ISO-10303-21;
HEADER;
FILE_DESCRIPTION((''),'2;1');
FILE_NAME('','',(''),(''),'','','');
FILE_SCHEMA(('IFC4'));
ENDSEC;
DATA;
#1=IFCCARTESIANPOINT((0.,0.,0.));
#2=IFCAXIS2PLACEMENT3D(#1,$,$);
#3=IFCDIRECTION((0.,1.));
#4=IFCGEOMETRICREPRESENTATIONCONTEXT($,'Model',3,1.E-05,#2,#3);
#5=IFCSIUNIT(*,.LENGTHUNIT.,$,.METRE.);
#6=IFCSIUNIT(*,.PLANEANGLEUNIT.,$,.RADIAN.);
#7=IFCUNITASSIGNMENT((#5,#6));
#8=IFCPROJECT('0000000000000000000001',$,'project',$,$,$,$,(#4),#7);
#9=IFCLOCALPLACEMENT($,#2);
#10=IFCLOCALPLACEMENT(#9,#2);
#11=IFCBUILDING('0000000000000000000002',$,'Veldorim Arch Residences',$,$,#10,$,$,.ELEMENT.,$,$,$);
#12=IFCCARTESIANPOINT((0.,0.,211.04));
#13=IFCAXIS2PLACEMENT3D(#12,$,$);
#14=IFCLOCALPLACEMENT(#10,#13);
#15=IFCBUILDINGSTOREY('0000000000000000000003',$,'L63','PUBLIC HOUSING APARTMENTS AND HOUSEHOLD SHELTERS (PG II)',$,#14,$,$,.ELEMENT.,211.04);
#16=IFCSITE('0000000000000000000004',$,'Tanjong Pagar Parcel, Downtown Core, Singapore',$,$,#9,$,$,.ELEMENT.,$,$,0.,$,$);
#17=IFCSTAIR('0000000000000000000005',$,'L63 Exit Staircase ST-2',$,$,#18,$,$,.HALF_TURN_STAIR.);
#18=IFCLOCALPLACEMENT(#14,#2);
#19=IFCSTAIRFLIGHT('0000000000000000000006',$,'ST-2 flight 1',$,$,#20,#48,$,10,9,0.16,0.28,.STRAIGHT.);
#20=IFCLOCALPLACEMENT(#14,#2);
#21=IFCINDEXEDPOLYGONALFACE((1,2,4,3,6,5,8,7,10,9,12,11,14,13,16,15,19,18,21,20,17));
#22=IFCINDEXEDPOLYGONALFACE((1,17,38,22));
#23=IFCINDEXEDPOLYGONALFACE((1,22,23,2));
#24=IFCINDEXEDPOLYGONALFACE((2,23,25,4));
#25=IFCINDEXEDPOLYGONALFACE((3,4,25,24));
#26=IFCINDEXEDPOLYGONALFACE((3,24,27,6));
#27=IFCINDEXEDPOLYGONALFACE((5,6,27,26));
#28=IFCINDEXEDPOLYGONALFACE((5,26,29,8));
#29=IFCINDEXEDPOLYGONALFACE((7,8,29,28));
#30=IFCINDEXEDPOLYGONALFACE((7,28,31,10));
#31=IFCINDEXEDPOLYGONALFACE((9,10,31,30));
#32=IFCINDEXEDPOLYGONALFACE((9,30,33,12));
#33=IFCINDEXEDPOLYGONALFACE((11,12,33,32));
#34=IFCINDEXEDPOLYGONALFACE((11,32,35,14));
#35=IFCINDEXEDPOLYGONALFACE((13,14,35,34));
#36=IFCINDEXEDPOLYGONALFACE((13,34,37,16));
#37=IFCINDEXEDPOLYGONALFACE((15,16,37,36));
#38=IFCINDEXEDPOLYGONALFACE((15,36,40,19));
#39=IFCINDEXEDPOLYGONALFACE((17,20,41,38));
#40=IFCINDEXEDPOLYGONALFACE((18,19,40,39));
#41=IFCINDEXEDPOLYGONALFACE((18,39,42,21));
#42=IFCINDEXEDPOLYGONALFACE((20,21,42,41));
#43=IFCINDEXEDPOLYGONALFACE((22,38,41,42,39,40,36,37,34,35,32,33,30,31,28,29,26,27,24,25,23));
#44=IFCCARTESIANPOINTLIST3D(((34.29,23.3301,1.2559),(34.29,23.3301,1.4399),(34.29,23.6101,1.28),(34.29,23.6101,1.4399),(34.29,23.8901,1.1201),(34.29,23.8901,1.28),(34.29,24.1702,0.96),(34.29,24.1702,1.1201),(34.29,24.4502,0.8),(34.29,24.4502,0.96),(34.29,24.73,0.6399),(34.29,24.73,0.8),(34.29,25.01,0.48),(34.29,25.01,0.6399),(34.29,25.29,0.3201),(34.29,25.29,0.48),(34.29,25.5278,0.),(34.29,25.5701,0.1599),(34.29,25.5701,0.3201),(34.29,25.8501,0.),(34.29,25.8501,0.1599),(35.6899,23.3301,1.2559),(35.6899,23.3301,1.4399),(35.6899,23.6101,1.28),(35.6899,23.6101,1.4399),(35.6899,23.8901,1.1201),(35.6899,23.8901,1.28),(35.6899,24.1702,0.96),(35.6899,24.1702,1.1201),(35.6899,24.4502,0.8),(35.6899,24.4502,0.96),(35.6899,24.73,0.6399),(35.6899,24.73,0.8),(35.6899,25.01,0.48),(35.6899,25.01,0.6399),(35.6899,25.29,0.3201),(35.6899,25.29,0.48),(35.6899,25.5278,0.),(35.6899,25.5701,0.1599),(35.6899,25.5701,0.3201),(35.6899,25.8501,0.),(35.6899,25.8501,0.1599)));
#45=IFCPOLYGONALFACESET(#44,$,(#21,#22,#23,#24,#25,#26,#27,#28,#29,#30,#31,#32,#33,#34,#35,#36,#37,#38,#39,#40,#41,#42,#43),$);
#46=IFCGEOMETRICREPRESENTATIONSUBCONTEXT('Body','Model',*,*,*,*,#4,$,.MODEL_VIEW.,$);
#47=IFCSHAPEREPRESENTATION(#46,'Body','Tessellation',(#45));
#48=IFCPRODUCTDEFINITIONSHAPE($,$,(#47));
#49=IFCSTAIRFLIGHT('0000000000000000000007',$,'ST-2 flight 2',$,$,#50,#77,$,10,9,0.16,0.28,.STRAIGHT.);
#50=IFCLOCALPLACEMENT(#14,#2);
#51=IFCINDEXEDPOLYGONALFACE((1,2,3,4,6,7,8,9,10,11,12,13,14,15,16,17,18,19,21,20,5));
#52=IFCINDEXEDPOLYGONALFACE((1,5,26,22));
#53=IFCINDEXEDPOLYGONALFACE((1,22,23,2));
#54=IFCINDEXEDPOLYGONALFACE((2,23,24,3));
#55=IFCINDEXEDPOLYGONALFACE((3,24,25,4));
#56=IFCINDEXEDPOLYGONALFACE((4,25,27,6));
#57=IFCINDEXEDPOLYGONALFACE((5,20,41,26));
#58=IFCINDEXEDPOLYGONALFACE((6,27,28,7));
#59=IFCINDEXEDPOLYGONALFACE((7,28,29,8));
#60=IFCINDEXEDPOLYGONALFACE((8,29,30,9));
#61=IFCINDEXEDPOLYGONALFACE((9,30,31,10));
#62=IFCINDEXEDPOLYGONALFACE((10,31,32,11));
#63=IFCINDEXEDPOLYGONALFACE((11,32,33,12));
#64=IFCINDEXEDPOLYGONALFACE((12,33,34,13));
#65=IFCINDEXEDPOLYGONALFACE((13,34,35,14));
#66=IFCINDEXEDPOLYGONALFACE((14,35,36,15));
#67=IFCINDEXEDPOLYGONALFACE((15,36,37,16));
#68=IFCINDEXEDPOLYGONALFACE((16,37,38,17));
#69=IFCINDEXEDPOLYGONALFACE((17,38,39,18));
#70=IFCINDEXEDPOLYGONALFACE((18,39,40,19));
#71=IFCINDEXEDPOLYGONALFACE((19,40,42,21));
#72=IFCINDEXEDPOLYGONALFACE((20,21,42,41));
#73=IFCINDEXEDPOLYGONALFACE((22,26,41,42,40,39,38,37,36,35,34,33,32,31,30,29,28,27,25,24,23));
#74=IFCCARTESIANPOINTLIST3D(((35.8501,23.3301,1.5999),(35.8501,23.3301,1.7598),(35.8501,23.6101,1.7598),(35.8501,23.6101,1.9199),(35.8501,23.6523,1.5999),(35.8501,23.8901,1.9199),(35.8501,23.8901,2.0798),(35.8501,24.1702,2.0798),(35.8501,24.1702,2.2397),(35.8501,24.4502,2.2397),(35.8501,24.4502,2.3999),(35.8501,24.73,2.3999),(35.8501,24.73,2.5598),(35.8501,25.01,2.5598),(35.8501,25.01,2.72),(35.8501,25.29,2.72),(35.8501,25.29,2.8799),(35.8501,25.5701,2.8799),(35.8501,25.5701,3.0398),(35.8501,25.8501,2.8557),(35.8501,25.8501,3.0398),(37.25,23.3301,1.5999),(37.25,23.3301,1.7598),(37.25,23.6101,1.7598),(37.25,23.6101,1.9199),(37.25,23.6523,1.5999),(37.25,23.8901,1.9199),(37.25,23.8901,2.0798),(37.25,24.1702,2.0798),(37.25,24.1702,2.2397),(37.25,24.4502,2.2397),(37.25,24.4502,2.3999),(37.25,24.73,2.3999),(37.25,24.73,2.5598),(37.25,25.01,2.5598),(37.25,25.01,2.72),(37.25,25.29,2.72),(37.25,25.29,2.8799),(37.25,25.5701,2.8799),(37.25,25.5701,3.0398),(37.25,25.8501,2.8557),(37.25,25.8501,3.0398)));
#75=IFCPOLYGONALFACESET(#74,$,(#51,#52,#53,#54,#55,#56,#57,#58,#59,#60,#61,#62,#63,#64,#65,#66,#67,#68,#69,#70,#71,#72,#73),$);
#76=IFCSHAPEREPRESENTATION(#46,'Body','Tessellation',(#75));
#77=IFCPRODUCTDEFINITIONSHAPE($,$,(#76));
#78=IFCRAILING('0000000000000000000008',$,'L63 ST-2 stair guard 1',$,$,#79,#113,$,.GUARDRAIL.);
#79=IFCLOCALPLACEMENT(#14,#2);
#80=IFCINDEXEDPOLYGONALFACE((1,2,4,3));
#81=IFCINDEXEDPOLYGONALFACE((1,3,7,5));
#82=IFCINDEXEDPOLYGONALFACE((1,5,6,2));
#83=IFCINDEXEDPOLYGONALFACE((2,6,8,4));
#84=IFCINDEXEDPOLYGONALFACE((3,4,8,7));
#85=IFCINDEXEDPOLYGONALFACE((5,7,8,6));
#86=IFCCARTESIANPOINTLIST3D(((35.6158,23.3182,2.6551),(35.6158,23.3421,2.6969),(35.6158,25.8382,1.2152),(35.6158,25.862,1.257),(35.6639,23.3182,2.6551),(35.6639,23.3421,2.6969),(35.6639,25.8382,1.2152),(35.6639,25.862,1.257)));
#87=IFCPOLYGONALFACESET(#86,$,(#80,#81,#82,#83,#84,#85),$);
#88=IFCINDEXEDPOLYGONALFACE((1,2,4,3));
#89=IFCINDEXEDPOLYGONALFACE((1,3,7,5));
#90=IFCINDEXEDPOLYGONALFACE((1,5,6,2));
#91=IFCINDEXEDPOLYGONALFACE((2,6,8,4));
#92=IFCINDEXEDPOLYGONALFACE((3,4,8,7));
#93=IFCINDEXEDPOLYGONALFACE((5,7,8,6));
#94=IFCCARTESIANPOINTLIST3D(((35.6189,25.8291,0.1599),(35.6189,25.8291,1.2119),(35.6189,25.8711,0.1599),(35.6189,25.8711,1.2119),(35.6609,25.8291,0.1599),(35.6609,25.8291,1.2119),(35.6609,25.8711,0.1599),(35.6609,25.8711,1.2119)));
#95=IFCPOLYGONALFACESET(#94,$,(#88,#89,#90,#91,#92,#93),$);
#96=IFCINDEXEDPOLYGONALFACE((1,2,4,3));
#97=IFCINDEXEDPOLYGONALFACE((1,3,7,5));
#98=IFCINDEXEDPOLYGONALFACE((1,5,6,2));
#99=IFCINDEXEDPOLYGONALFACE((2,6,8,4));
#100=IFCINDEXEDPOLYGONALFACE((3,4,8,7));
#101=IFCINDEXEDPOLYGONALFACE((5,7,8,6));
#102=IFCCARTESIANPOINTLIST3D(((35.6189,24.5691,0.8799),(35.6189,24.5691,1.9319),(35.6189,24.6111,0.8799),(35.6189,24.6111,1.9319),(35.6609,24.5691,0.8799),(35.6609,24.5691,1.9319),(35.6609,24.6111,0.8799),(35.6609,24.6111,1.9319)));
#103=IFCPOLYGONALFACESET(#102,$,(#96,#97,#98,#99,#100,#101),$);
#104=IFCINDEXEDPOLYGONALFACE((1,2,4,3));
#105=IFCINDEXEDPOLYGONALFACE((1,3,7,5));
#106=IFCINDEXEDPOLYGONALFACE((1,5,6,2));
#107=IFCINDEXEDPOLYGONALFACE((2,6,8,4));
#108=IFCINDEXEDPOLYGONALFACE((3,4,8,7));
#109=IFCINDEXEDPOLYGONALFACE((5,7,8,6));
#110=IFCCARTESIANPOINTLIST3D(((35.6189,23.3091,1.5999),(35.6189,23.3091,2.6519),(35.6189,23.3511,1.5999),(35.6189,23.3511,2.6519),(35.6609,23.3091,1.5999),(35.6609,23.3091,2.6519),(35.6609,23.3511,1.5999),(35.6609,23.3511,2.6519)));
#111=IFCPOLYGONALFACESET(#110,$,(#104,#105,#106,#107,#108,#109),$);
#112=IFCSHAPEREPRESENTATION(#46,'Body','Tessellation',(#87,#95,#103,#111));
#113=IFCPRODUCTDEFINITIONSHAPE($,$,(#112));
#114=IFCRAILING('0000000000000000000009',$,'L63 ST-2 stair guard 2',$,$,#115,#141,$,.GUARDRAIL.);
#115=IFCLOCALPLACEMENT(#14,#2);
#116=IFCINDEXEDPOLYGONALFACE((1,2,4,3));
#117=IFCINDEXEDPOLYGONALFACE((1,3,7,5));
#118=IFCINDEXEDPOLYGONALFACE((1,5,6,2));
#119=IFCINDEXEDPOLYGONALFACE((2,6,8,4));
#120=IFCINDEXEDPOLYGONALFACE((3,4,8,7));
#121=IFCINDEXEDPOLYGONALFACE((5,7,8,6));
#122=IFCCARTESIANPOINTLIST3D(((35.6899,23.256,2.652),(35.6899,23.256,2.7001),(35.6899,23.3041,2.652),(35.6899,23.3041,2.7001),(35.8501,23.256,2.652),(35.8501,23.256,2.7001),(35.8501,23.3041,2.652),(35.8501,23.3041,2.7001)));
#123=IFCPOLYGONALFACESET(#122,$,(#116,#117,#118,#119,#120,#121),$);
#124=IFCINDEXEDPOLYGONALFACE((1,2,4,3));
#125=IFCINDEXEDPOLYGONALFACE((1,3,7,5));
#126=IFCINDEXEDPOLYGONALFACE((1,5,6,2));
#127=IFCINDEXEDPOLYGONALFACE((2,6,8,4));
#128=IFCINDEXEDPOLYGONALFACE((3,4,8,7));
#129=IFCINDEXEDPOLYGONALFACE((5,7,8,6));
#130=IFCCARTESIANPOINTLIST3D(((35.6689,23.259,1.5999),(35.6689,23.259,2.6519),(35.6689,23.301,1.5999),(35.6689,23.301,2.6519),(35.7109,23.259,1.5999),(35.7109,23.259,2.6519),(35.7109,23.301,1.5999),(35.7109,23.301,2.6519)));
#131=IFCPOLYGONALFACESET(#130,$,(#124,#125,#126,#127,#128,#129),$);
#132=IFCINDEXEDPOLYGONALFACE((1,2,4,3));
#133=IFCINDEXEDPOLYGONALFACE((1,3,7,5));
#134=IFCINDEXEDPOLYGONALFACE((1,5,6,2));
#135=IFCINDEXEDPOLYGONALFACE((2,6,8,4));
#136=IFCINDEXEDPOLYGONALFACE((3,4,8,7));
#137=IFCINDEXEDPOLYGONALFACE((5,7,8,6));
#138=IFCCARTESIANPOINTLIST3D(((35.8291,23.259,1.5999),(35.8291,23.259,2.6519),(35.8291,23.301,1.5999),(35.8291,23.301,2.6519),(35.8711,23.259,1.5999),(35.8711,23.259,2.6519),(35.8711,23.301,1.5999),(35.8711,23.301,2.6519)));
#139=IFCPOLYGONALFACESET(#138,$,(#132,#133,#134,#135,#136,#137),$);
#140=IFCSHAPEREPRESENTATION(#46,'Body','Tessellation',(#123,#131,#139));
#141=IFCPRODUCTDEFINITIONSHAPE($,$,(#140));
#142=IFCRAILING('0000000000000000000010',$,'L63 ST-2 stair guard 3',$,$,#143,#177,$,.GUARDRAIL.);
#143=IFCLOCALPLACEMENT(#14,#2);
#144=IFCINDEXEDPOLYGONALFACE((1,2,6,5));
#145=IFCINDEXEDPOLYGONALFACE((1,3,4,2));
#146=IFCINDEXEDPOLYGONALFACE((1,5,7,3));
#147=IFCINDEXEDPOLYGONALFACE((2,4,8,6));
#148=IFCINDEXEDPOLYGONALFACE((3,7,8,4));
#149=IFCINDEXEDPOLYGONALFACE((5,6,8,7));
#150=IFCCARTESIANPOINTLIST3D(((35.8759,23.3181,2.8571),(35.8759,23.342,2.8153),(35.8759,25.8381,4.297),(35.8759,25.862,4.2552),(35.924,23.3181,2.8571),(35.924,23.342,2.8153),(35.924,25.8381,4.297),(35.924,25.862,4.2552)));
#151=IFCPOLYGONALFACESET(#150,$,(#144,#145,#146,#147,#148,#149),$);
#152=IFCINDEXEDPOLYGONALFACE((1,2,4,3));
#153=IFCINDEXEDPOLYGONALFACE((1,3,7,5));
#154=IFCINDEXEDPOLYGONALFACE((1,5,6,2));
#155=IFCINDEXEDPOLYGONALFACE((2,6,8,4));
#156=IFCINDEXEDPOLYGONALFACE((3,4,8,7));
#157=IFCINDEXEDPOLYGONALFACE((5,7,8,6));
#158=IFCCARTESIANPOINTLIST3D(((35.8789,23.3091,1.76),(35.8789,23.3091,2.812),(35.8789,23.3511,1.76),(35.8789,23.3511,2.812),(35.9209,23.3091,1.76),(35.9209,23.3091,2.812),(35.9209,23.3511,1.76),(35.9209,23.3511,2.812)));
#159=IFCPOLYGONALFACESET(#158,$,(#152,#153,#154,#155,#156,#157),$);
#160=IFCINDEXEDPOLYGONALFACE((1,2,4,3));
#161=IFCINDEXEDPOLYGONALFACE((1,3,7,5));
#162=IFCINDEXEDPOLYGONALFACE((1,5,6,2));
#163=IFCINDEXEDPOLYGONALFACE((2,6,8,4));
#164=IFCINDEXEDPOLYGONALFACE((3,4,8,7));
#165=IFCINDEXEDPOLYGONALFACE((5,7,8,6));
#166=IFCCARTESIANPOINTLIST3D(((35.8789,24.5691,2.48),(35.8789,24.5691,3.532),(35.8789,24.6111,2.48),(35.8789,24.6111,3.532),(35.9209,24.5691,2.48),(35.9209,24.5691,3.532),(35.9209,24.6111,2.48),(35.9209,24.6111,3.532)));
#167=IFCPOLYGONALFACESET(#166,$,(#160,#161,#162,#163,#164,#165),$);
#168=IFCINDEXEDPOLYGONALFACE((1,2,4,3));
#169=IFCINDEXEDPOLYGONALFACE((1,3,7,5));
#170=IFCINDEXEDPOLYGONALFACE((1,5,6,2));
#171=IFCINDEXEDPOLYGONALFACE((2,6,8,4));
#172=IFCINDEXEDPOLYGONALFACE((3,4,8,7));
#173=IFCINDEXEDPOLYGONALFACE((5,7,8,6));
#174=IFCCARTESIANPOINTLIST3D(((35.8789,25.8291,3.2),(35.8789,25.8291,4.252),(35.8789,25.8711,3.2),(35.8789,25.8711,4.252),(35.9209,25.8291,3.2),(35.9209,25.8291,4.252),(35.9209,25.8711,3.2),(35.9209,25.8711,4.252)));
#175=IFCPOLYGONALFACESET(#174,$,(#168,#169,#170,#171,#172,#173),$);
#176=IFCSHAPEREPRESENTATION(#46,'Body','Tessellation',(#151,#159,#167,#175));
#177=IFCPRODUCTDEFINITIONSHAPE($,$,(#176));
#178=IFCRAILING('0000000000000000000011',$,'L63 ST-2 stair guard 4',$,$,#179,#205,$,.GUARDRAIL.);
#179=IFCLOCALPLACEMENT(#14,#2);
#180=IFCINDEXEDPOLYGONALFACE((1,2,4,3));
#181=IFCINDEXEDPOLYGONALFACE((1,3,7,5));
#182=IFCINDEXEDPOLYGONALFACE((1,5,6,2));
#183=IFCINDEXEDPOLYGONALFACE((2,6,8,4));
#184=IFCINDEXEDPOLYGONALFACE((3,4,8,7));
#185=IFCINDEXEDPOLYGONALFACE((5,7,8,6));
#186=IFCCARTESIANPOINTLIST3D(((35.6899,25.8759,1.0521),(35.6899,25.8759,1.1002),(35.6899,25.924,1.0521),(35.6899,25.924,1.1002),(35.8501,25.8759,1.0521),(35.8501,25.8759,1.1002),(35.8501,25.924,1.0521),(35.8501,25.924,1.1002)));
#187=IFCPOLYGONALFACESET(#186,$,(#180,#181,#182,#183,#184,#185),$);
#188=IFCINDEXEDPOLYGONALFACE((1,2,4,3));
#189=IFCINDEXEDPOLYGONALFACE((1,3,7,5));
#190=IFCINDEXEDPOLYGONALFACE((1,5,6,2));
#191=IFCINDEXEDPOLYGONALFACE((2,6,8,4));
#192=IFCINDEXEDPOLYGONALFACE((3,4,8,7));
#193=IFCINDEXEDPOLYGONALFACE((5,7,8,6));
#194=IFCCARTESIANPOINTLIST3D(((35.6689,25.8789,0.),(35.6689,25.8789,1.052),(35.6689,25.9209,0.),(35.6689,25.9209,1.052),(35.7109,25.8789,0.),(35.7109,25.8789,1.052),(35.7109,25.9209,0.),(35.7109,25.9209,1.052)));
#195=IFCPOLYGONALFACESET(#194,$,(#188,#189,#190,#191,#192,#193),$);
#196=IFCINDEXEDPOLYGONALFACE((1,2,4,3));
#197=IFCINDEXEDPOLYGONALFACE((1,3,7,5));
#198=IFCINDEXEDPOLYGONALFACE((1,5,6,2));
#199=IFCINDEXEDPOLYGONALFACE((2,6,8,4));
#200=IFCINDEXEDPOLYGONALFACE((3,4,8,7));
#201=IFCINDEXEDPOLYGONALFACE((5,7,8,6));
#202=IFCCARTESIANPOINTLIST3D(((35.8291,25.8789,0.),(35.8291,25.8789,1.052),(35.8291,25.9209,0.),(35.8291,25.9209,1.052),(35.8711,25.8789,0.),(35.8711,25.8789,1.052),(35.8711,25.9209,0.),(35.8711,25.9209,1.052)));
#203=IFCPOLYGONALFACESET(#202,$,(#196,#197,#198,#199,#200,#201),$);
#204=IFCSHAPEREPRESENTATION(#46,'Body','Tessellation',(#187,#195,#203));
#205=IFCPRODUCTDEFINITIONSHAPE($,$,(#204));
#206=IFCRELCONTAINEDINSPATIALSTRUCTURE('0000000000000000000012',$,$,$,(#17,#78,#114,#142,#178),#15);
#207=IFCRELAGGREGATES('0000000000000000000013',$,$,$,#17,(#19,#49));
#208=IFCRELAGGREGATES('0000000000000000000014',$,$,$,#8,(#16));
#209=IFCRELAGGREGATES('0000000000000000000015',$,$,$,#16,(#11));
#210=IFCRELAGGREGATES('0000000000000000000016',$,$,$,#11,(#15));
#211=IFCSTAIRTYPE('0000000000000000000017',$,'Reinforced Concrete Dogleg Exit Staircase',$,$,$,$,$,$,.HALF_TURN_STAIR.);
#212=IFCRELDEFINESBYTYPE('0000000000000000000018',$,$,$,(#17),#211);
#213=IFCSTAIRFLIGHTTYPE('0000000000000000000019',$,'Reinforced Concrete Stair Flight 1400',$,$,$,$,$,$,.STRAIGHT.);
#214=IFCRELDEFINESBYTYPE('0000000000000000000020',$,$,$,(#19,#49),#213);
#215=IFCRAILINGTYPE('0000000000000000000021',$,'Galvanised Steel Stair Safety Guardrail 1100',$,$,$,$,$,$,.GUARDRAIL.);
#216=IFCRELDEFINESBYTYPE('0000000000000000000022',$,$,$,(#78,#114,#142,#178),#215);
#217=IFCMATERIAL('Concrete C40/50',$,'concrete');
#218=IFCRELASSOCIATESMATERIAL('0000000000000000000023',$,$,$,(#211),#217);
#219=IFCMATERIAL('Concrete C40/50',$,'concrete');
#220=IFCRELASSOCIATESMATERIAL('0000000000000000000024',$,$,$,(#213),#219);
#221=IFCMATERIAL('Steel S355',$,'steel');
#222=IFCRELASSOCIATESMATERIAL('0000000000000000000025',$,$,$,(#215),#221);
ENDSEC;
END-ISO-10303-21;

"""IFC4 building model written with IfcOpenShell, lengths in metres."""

from ifc_helpers import new_model, si_unit, direction, frame, origin, origin_2d, place, context, subcontext, project, spatial, polyline, rectangle, outline, extrude, material, type_object, element, aggregate, save


model = new_model("IFC4")

# Units and contexts
model_context = context("Model", 3, precision=1e-05, world=origin(), true_north=direction((0.0, 1.0)))
body_context = subcontext(model_context, "Body", "Model", "MODEL_VIEW")
ifc_project = project(units=[si_unit("LENGTHUNIT", "METRE"), si_unit("PLANEANGLEUNIT", "RADIAN")], contexts=[model_context])

# Site, building, storey
site_placement = place(None, origin())
site = spatial("IfcSite", under=ifc_project, at=site_placement, Name="Tanjong Pagar Parcel, Downtown Core, Singapore", CompositionType="ELEMENT", RefElevation=0.0)
building_placement = place(site_placement, origin())
building = spatial("IfcBuilding", under=site, at=building_placement, Name="Veldorim Arch Residences", CompositionType="ELEMENT")
storey_placement = place(building_placement, frame((0.0, 0.0, 211.04)))
storey = spatial("IfcBuildingStorey", under=building, at=storey_placement, Name="L63", Description="PUBLIC HOUSING APARTMENTS AND HOUSEHOLD SHELTERS (PG II)", CompositionType="ELEMENT", Elevation=211.04)

# Stair, stair flights
ifc_material_1 = material(Name="Concrete C40/50", Category="concrete")
stair_type = type_object("IfcStairType", Name="Reinforced Concrete Dogleg Exit Staircase", PredefinedType="HALF_TURN_STAIR", material=ifc_material_1)
stair_placement = place(storey_placement, origin())
stair = element("IfcStair", 1, at=stair_placement, inside=storey, type_object=stair_type, Name="L63 Exit Staircase ST-2", PredefinedType="HALF_TURN_STAIR")
ifc_material_2 = material(Name="Concrete C40/50", Category="concrete")
stair_flight_type = type_object("IfcStairFlightType", Name="Reinforced Concrete Stair Flight 1400", PredefinedType="STRAIGHT", material=ifc_material_2)
stair_flight_1_placement = place(storey_placement, frame((34.99, 25.8501, 0.0), z_axis=(0.0, 0.0, 1.0), x_axis=(0.0, -1.0, 0.0)))
stair_flight_1 = element("IfcStairFlight", 2, at=stair_flight_1_placement, type_object=stair_flight_type, Name="ST-2 flight 1", NumberOfRisers=10, NumberOfTreads=9, PredefinedType="STRAIGHT", RiserHeight=0.16, TreadLength=0.28, context=body_context, shape_type="SweptSolid", body=[
    extrude(outline(polyline([(0.0, 0.0), (0.0, 0.1599), (0.28, 0.1599), (0.28, 0.3201), (0.5601, 0.3201), (0.5601, 0.48), (0.8401, 0.48), (0.8401, 0.6399), (1.1201, 0.6399), (1.1201, 0.8), (1.3999, 0.8), (1.3999, 0.96), (1.6799, 0.96), (1.6799, 1.1201), (1.96, 1.1201), (1.96, 1.28), (2.24, 1.28), (2.24, 1.4399), (2.52, 1.4399), (2.52, 1.6001), (2.52, 1.2559), (0.3223, 0.0), (0.0, 0.0)])), frame((0.0, 0.7, 0.0), z_axis=(0.0, -1.0, 0.0), x_axis=(1.0, 0.0, 0.0)), (0.0, 0.0, 1.0), 1.3999),
])
stair_flight_2_placement = place(storey_placement, frame((36.55, 23.3301, 1.5999), z_axis=(0.0, 0.0, 1.0), x_axis=(0.0, 1.0, 0.0)))
stair_flight_2 = element("IfcStairFlight", 3, at=stair_flight_2_placement, type_object=stair_flight_type, Name="ST-2 flight 2", NumberOfRisers=10, NumberOfTreads=9, PredefinedType="STRAIGHT", RiserHeight=0.16, TreadLength=0.28, context=body_context, shape_type="SweptSolid", body=[
    extrude(outline(polyline([(0.0, 0.0), (0.0, 0.1599), (0.28, 0.1599), (0.28, 0.3201), (0.5601, 0.3201), (0.5601, 0.48), (0.8401, 0.48), (0.8401, 0.6399), (1.1201, 0.6399), (1.1201, 0.8), (1.3999, 0.8), (1.3999, 0.96), (1.6799, 0.96), (1.6799, 1.1201), (1.96, 1.1201), (1.96, 1.28), (2.24, 1.28), (2.24, 1.4399), (2.52, 1.4399), (2.52, 1.6001), (2.52, 1.2559), (0.3223, 0.0), (0.0, 0.0)])), frame((0.0, 0.7, 0.0), z_axis=(0.0, -1.0, 0.0), x_axis=(1.0, 0.0, 0.0)), (0.0, 0.0, 1.0), 1.3999),
])
aggregate(stair, [stair_flight_1, stair_flight_2])

# Railings
ifc_material_3 = material(Name="Steel S355", Category="steel")
railing_type_1 = type_object("IfcRailingType", Name="Galvanised Steel Stair Safety Guardrail 1100", PredefinedType="GUARDRAIL", material=ifc_material_3)
railing_1_placement = place(storey_placement, frame((35.6399, 25.8501, 0.1599)))
element("IfcRailing", 4, at=railing_1_placement, inside=storey, type_object=railing_type_1, Name="L63 ST-2 stair guard 1", PredefinedType="GUARDRAIL", context=body_context, shape_type="SweptSolid", body=[
    extrude(rectangle(XDim=0.0481, YDim=0.0481, at=origin_2d()), frame((0.0, 0.0, 1.0762), z_axis=(0.0, -0.868253, 0.496121), x_axis=(1.0, 0.0, 0.0)), (0.0, 0.0, 1.0), 2.9023),
    extrude(rectangle(XDim=0.042, YDim=0.042, at=origin_2d()), origin(), (0.0, 0.0, 1.0), 1.052),
    extrude(rectangle(XDim=0.042, YDim=0.042, at=origin_2d()), frame((0.0, -1.26, 0.72)), (0.0, 0.0, 1.0), 1.052),
    extrude(rectangle(XDim=0.042, YDim=0.042, at=origin_2d()), frame((0.0, -2.52, 1.4399)), (0.0, 0.0, 1.0), 1.052),
])
railing_2_placement = place(storey_placement, frame((35.6899, 23.28, 1.5999)))
element("IfcRailing", 5, at=railing_2_placement, inside=storey, type_object=railing_type_1, Name="L63 ST-2 stair guard 2", PredefinedType="GUARDRAIL", context=body_context, shape_type="SweptSolid", body=[
    extrude(rectangle(XDim=0.0481, YDim=0.0481, at=origin_2d()), frame((0.0, 0.0, 1.0762), z_axis=(1.0, 0.0, 0.0), x_axis=(0.0, 1.0, 0.0)), (0.0, 0.0, 1.0), 0.1602),
    extrude(rectangle(XDim=0.042, YDim=0.042, at=origin_2d()), origin(), (0.0, 0.0, 1.0), 1.052),
    extrude(rectangle(XDim=0.042, YDim=0.042, at=origin_2d()), frame((0.1602, 0.0, 0.0)), (0.0, 0.0, 1.0), 1.052),
])
railing_3_placement = place(storey_placement, frame((35.8999, 23.3301, 1.76)))
element("IfcRailing", 6, at=railing_3_placement, inside=storey, type_object=railing_type_1, Name="L63 ST-2 stair guard 3", PredefinedType="GUARDRAIL", context=body_context, shape_type="SweptSolid", body=[
    extrude(rectangle(XDim=0.0481, YDim=0.0481, at=origin_2d()), frame((0.0, 0.0, 1.0762), z_axis=(0.0, 0.868253, 0.496121), x_axis=(-1.0, 0.0, 0.0)), (0.0, 0.0, 1.0), 2.9023),
    extrude(rectangle(XDim=0.042, YDim=0.042, at=origin_2d()), origin(), (0.0, 0.0, 1.0), 1.052),
    extrude(rectangle(XDim=0.042, YDim=0.042, at=origin_2d()), frame((0.0, 1.26, 0.72)), (0.0, 0.0, 1.0), 1.052),
    extrude(rectangle(XDim=0.042, YDim=0.042, at=origin_2d()), frame((0.0, 2.52, 1.4399)), (0.0, 0.0, 1.0), 1.052),
])
railing_4_placement = place(storey_placement, frame((35.6899, 25.8999, 0.0)))
element("IfcRailing", 7, at=railing_4_placement, inside=storey, type_object=railing_type_1, Name="L63 ST-2 stair guard 4", PredefinedType="GUARDRAIL", context=body_context, shape_type="SweptSolid", body=[
    extrude(rectangle(XDim=0.0481, YDim=0.0481, at=origin_2d()), frame((0.0, 0.0, 1.0762), z_axis=(1.0, 0.0, 0.0), x_axis=(0.0, 1.0, 0.0)), (0.0, 0.0, 1.0), 0.1602),
    extrude(rectangle(XDim=0.042, YDim=0.042, at=origin_2d()), origin(), (0.0, 0.0, 1.0), 1.052),
    extrude(rectangle(XDim=0.042, YDim=0.042, at=origin_2d()), frame((0.1602, 0.0, 0.0)), (0.0, 0.0, 1.0), 1.052),
])

save(model, "model.ifc")
